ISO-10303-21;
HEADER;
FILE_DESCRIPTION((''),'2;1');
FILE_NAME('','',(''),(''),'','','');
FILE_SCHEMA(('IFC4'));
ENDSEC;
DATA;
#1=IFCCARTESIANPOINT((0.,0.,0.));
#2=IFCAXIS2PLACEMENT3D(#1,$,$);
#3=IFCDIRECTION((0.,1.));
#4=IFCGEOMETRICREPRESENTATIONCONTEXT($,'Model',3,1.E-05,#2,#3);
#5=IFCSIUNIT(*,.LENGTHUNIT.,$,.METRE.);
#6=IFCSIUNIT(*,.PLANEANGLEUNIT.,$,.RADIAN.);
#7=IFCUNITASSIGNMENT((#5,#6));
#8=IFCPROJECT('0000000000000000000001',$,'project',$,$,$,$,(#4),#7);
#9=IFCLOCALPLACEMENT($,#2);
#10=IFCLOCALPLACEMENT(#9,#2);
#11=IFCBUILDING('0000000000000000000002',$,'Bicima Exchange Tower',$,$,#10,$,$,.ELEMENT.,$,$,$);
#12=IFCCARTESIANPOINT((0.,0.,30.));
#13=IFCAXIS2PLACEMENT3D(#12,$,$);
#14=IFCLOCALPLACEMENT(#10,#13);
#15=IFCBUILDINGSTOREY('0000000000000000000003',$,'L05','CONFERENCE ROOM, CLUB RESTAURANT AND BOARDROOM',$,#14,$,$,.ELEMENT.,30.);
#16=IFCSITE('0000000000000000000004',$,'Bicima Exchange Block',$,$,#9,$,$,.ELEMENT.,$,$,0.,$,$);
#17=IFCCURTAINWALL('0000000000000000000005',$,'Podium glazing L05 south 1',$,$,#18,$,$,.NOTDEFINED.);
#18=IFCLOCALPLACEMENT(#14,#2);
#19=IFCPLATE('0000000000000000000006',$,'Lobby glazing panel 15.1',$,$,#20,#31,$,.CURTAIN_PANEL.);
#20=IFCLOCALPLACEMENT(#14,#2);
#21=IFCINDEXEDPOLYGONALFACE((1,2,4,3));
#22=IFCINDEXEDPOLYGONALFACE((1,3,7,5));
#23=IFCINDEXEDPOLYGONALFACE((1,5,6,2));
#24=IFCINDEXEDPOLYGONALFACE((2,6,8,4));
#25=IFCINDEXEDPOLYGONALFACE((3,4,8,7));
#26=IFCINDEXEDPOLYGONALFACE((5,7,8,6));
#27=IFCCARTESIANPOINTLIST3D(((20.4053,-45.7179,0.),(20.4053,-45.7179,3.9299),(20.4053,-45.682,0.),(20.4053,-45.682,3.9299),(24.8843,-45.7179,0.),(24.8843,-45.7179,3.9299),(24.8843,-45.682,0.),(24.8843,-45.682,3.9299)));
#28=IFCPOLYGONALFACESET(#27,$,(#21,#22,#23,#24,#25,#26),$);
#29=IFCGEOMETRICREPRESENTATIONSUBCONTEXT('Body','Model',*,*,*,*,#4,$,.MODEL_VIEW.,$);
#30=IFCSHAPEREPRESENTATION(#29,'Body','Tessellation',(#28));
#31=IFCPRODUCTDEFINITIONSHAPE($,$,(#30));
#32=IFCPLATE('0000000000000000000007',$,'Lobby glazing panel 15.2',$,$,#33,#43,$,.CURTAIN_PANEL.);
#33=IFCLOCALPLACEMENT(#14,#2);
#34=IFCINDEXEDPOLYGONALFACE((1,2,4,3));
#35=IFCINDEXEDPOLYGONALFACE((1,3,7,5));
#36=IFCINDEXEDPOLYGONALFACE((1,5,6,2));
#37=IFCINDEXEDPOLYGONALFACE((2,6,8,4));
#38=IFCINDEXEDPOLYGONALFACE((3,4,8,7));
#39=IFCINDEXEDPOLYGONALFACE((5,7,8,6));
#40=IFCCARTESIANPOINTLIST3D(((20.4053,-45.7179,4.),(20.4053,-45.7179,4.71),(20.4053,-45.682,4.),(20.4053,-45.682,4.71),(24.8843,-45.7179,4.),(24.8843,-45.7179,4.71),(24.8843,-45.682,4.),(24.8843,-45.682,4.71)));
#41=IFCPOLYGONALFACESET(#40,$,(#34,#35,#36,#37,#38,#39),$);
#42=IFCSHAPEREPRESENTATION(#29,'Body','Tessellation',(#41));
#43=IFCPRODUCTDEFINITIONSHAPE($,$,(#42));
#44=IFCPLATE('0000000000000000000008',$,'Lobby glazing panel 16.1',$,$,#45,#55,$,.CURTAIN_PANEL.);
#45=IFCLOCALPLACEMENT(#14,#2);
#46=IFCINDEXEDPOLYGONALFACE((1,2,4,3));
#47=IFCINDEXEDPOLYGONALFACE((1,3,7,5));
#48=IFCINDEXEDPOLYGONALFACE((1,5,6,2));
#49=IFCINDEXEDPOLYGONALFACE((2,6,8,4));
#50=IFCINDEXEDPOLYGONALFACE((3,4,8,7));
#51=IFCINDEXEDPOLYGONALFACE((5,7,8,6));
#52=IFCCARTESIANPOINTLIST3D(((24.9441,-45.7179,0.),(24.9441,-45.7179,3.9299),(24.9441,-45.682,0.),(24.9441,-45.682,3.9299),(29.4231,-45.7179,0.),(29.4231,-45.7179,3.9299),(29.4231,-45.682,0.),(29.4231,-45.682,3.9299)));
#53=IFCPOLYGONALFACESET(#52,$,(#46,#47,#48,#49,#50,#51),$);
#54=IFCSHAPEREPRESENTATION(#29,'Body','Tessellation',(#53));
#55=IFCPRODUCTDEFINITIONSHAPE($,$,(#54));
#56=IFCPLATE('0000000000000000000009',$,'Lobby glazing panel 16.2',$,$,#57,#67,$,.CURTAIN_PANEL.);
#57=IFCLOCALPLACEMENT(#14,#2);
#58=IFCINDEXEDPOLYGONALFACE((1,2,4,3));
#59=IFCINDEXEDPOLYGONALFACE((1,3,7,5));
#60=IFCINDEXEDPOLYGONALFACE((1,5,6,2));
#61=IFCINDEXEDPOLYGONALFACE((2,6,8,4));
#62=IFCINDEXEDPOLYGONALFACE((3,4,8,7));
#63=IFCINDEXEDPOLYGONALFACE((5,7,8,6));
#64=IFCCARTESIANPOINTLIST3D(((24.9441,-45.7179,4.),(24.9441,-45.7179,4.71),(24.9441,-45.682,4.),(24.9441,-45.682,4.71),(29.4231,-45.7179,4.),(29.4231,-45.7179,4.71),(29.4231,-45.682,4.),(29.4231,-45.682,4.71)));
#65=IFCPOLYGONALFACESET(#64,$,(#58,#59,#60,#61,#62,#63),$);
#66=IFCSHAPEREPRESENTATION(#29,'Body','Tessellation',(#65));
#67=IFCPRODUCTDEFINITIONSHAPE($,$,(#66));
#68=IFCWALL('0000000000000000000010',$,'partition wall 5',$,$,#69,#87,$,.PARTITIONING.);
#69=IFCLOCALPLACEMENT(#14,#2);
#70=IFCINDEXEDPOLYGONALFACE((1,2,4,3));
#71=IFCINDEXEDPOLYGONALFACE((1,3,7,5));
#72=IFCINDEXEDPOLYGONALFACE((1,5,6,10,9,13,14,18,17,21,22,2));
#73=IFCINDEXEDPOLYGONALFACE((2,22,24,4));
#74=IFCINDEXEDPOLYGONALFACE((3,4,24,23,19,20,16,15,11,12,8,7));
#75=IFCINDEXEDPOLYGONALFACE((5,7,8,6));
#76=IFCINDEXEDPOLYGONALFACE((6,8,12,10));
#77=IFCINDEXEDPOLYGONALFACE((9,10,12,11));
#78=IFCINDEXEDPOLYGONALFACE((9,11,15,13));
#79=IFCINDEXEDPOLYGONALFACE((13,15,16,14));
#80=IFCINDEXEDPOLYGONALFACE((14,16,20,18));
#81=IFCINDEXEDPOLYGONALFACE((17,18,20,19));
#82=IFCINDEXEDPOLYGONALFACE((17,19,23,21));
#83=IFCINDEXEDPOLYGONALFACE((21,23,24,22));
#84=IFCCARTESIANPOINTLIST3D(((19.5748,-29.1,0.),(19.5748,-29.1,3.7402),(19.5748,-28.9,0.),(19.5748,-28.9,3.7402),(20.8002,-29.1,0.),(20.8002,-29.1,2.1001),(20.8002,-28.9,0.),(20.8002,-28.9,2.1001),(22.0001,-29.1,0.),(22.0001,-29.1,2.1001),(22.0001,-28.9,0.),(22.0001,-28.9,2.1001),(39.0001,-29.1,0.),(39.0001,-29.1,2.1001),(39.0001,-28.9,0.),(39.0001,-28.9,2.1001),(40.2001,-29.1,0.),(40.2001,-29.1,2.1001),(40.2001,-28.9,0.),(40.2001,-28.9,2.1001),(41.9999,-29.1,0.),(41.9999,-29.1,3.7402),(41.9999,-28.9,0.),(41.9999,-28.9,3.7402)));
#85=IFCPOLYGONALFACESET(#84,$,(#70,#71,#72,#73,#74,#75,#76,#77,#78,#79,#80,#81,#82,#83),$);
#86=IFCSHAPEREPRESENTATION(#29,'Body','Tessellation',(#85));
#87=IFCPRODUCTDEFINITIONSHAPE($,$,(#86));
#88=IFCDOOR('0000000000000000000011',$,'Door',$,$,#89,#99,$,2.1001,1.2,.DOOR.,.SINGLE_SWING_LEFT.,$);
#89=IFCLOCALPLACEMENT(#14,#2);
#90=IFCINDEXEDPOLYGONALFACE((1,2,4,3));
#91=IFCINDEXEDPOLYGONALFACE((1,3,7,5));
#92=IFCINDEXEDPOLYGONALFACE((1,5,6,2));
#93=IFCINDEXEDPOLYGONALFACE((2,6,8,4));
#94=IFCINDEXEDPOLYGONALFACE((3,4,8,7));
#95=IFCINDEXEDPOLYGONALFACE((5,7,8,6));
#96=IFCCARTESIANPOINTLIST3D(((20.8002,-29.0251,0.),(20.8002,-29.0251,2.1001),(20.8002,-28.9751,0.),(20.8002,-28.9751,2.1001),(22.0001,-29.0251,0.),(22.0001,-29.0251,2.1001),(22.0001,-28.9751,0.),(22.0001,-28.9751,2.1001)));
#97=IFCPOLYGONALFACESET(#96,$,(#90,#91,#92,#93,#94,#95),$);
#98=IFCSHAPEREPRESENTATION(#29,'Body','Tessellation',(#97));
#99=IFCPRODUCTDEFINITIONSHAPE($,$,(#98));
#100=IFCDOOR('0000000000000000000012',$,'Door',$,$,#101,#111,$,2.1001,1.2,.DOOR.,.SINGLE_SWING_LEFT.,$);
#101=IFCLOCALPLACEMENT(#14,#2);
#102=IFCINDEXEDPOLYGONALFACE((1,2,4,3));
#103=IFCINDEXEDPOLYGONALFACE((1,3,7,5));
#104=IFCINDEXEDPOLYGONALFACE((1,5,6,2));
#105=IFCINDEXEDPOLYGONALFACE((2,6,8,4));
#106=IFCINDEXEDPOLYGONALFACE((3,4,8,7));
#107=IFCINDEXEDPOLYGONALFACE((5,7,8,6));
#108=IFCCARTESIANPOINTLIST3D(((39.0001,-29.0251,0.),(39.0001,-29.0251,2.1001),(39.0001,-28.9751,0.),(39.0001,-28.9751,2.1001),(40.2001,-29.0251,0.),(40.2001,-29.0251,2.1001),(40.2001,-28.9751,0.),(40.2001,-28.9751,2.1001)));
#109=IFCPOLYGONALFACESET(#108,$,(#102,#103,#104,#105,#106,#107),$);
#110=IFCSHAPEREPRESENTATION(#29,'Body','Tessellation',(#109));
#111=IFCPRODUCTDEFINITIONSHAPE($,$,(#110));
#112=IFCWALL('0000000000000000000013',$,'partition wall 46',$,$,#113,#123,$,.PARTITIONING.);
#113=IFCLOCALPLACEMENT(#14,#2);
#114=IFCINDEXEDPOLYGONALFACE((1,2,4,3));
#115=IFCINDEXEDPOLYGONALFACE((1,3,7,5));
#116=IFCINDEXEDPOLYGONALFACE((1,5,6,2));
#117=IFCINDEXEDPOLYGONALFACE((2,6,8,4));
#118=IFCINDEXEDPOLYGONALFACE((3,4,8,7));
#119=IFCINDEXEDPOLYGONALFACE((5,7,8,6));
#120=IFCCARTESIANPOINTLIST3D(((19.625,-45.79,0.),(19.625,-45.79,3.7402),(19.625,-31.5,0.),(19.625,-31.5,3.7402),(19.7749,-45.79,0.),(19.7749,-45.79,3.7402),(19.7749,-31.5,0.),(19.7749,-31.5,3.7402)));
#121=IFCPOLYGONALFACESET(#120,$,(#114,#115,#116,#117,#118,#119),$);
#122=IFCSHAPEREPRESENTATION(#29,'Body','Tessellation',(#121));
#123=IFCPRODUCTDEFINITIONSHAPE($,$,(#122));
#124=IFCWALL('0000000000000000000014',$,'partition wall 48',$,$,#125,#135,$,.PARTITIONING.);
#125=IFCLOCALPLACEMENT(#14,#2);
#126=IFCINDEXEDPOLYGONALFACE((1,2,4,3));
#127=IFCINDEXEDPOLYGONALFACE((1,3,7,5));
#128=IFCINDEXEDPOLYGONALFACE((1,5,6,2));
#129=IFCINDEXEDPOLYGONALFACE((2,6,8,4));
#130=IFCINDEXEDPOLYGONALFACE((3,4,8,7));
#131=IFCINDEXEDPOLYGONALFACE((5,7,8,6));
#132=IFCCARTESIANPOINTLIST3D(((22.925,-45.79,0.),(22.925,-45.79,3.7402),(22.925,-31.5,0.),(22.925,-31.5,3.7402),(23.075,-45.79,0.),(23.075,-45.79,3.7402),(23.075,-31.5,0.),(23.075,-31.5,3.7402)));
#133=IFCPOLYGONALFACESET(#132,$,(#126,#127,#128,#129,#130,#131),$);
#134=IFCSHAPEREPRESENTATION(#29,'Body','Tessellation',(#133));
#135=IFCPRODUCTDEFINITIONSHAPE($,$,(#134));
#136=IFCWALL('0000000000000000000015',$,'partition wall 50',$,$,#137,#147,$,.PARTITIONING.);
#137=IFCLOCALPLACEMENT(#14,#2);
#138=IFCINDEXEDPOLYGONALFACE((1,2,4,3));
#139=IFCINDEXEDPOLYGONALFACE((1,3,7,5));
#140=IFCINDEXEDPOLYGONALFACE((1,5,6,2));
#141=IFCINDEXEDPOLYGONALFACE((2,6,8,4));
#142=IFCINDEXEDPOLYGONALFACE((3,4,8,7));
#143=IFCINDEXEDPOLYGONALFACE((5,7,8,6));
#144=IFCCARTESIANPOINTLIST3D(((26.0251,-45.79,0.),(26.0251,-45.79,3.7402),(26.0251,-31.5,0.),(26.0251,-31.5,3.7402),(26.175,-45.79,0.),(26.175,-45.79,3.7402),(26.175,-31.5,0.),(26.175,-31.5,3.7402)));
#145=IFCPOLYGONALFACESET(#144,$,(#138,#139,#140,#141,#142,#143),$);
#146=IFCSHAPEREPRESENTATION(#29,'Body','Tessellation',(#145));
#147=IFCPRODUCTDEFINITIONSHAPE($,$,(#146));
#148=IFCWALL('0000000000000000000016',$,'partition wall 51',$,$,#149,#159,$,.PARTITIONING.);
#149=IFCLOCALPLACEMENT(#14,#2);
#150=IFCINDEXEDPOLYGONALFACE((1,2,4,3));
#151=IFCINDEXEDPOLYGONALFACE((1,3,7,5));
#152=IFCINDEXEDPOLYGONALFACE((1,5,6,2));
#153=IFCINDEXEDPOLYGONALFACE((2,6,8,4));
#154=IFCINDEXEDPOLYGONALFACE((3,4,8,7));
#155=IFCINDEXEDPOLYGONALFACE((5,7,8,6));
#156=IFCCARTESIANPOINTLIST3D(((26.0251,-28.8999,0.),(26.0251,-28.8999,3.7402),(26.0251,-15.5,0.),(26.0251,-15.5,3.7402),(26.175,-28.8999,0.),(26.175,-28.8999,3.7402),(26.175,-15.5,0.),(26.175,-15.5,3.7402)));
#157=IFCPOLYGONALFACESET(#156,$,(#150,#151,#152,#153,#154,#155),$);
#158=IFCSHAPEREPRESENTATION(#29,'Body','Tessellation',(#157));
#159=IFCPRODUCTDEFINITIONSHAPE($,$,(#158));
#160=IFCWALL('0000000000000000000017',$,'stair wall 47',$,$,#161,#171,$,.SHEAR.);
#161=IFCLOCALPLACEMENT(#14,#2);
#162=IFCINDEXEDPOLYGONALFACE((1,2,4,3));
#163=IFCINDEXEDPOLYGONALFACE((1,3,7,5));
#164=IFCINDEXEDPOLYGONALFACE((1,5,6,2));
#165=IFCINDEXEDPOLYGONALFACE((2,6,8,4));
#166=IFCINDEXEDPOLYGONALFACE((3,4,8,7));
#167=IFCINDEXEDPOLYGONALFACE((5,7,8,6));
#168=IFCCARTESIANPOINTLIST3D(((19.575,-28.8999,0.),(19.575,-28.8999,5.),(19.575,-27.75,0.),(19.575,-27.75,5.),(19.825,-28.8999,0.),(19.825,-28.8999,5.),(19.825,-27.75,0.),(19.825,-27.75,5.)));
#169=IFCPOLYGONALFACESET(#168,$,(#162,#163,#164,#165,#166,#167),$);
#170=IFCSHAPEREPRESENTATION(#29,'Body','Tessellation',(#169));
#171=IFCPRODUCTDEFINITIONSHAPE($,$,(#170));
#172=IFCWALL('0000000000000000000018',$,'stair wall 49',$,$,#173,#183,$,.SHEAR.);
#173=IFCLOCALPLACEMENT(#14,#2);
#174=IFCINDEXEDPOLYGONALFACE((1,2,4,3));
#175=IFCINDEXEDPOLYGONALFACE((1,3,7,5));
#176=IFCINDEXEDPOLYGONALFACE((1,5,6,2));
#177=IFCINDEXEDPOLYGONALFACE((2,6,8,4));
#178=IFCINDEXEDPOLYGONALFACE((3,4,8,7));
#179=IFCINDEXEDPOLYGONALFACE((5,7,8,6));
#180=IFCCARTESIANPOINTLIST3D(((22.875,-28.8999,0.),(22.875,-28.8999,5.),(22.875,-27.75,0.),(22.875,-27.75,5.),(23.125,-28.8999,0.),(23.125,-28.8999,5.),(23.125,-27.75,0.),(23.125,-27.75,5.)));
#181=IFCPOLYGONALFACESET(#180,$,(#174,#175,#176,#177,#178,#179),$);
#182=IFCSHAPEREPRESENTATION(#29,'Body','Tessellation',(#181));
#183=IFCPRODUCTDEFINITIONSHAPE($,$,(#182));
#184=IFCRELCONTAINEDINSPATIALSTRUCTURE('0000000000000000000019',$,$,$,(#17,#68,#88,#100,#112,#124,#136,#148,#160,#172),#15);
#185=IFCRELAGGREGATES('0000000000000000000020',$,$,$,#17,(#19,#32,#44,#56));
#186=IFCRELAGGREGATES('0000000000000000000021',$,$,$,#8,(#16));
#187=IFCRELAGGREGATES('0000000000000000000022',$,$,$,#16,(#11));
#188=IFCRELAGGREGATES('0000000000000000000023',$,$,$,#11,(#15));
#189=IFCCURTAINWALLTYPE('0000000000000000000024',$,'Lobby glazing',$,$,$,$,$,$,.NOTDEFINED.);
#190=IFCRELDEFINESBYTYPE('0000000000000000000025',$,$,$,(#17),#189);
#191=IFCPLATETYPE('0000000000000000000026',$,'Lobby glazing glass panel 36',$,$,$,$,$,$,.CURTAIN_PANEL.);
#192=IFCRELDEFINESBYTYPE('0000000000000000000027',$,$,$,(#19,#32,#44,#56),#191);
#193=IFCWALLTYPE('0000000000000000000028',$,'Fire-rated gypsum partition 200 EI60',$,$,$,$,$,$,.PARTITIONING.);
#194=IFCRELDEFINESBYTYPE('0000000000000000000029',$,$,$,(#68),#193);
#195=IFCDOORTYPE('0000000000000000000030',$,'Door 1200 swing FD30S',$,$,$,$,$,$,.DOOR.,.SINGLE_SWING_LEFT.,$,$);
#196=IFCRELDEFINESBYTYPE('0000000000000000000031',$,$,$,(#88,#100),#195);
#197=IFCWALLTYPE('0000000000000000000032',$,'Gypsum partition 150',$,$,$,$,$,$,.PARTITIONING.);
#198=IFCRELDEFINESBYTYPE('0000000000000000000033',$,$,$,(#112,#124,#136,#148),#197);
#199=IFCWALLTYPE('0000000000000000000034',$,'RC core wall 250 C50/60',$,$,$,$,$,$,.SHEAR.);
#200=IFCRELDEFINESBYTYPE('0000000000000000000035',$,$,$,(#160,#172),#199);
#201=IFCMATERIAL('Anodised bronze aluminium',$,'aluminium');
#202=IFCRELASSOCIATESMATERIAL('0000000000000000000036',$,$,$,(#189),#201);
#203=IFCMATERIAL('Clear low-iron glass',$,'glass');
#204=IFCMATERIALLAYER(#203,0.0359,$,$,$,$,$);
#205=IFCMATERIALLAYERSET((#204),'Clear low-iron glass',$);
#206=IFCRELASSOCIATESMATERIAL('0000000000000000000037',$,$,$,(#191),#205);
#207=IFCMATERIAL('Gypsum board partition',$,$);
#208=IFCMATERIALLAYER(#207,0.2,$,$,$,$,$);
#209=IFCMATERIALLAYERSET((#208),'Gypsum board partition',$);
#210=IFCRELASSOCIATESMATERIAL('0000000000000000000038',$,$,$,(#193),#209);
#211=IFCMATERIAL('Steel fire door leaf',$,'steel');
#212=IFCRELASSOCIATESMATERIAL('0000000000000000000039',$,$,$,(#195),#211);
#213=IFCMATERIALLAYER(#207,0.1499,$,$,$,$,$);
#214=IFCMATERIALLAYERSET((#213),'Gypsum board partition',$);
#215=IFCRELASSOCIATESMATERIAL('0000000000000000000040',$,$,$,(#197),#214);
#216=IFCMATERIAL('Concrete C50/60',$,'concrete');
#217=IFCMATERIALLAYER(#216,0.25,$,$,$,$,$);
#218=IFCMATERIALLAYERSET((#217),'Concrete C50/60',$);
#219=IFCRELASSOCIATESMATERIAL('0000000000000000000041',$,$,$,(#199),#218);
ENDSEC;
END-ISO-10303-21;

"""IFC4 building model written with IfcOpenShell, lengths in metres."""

from ifc_helpers import new_model, si_unit, direction, frame, frame_2d, origin, origin_2d, place, context, subcontext, project, spatial, rectangle, extrude, material, layer, layer_set, type_object, element, fill, aggregate, save


model = new_model("IFC4")

# Units and contexts
model_context = context("Model", 3, precision=1e-05, world=origin(), true_north=direction((0.0, 1.0)))
body_context = subcontext(model_context, "Body", "Model", "MODEL_VIEW")
ifc_project = project(units=[si_unit("LENGTHUNIT", "METRE"), si_unit("PLANEANGLEUNIT", "RADIAN")], contexts=[model_context])

# Site, building, storey
site_placement = place(None, origin())
site = spatial("IfcSite", under=ifc_project, at=site_placement, Name="Bicima Exchange Block", CompositionType="ELEMENT", RefElevation=0.0)
building_placement = place(site_placement, origin())
building = spatial("IfcBuilding", under=site, at=building_placement, Name="Bicima Exchange Tower", CompositionType="ELEMENT")
storey_placement = place(building_placement, frame((0.0, 0.0, 30.0)))
storey = spatial("IfcBuildingStorey", under=building, at=storey_placement, Name="L05", Description="CONFERENCE ROOM, CLUB RESTAURANT AND BOARDROOM", CompositionType="ELEMENT", Elevation=30.0)

# Curtain wall
ifc_material_1 = material(Name="Anodised bronze aluminium", Category="aluminium")
curtain_wall_type = type_object("IfcCurtainWallType", Name="Lobby glazing", PredefinedType="NOTDEFINED", material=ifc_material_1)
curtain_wall_placement = place(storey_placement, origin())
curtain_wall = element("IfcCurtainWall", 1, at=curtain_wall_placement, inside=storey, type_object=curtain_wall_type, Name="Podium glazing L05 south 1", PredefinedType="NOTDEFINED")

# Plates
ifc_material_2 = material(Name="Clear low-iron glass", Category="glass")
ifc_layer_1 = layer(ifc_material_2, 0.0359)
ifc_layer_set_1 = layer_set([ifc_layer_1], Name="Clear low-iron glass")
plate_type = type_object("IfcPlateType", Name="Lobby glazing glass panel 36", PredefinedType="CURTAIN_PANEL", material=ifc_layer_set_1)
plate_1_placement = place(storey_placement, frame((22.6448, -45.7, 0.0), z_axis=(0.0, 0.0, 1.0), x_axis=(1.0, 0.0, 0.0)))
plate_1 = element("IfcPlate", 2, at=plate_1_placement, type_object=plate_type, Name="Lobby glazing panel 15.1", PredefinedType="CURTAIN_PANEL", context=body_context, shape_type="SweptSolid", body=[
    extrude(rectangle(XDim=4.479, YDim=0.0359, at=origin_2d()), origin(), (0.0, 0.0, 1.0), 3.9299),
])
plate_2_placement = place(storey_placement, frame((22.6448, -45.7, 4.0), z_axis=(0.0, 0.0, 1.0), x_axis=(1.0, 0.0, 0.0)))
plate_2 = element("IfcPlate", 3, at=plate_2_placement, type_object=plate_type, Name="Lobby glazing panel 15.2", PredefinedType="CURTAIN_PANEL", context=body_context, shape_type="SweptSolid", body=[
    extrude(rectangle(XDim=4.479, YDim=0.0359, at=origin_2d()), origin(), (0.0, 0.0, 1.0), 0.71),
])
plate_3_placement = place(storey_placement, frame((27.1836, -45.7, 0.0), z_axis=(0.0, 0.0, 1.0), x_axis=(1.0, 0.0, 0.0)))
plate_3 = element("IfcPlate", 4, at=plate_3_placement, type_object=plate_type, Name="Lobby glazing panel 16.1", PredefinedType="CURTAIN_PANEL", context=body_context, shape_type="SweptSolid", body=[
    extrude(rectangle(XDim=4.479, YDim=0.0359, at=origin_2d()), origin(), (0.0, 0.0, 1.0), 3.9299),
])
plate_4_placement = place(storey_placement, frame((27.1836, -45.7, 4.0), z_axis=(0.0, 0.0, 1.0), x_axis=(1.0, 0.0, 0.0)))
plate_4 = element("IfcPlate", 5, at=plate_4_placement, type_object=plate_type, Name="Lobby glazing panel 16.2", PredefinedType="CURTAIN_PANEL", context=body_context, shape_type="SweptSolid", body=[
    extrude(rectangle(XDim=4.479, YDim=0.0359, at=origin_2d()), origin(), (0.0, 0.0, 1.0), 0.71),
])
aggregate(curtain_wall, [plate_1, plate_2, plate_3, plate_4])

# Wall, openings, doors
ifc_material_3 = material(Name="Gypsum board partition")
ifc_layer_2 = layer(ifc_material_3, 0.2)
ifc_layer_set_2 = layer_set([ifc_layer_2], Name="Gypsum board partition")
wall_type_1 = type_object("IfcWallType", Name="Fire-rated gypsum partition 200 EI60", PredefinedType="PARTITIONING", material=ifc_layer_set_2)
wall_1_placement = place(storey_placement, frame((19.575, -29.0, 0.0), z_axis=(0.0, 0.0, 1.0), x_axis=(1.0, 0.0, 0.0)))
wall_1 = element("IfcWall", 6, at=wall_1_placement, inside=storey, type_object=wall_type_1, Name="partition wall 5", PredefinedType="PARTITIONING", context=body_context, shape_type="SweptSolid", body=[
    extrude(rectangle(XDim=22.425, YDim=0.2, at=frame_2d((11.2124, 0.0))), origin(), (0.0, 0.0, 1.0), 3.7402),
])
opening_1_placement = place(wall_1_placement, frame((1.2251, 0.0, 0.0)))
opening_1 = element("IfcOpeningElement", 7, at=opening_1_placement, cuts=wall_1, PredefinedType="OPENING", context=body_context, shape_type="SweptSolid", body=[
    extrude(rectangle(XDim=1.2, YDim=2.1001, at=frame_2d((0.6001, 1.05))), frame((0.0, 0.1118, 0.0), z_axis=(0.0, -1.0, 0.0), x_axis=(1.0, 0.0, 0.0)), (0.0, 0.0, 1.0), 0.2239),
])
opening_2_placement = place(wall_1_placement, frame((19.425, 0.0, 0.0)))
opening_2 = element("IfcOpeningElement", 8, at=opening_2_placement, cuts=wall_1, PredefinedType="OPENING", context=body_context, shape_type="SweptSolid", body=[
    extrude(rectangle(XDim=1.2, YDim=2.1001, at=frame_2d((0.6001, 1.05))), frame((0.0, 0.1118, 0.0), z_axis=(0.0, -1.0, 0.0), x_axis=(1.0, 0.0, 0.0)), (0.0, 0.0, 1.0), 0.2239),
])
ifc_material_4 = material(Name="Steel fire door leaf", Category="steel")
door_type_1 = type_object("IfcDoorType", Name="Door 1200 swing FD30S", OperationType="SINGLE_SWING_LEFT", PredefinedType="DOOR", material=ifc_material_4)
door_1_placement = place(opening_1_placement, origin())
door_1 = element("IfcDoor", 9, at=door_1_placement, inside=storey, type_object=door_type_1, Name="Door", OperationType="SINGLE_SWING_LEFT", OverallHeight=2.1001, OverallWidth=1.2, PredefinedType="DOOR", context=body_context, shape_type="SweptSolid", body=[
    extrude(rectangle(XDim=1.2, YDim=2.1001, at=frame_2d((0.6001, 1.05))), frame((0.0, 0.0249, 0.0), z_axis=(0.0, -1.0, 0.0), x_axis=(1.0, 0.0, 0.0)), (0.0, 0.0, 1.0), 0.05),
])
fill(opening_1, door_1)
door_2_placement = place(opening_2_placement, origin())
door_2 = element("IfcDoor", 10, at=door_2_placement, inside=storey, type_object=door_type_1, Name="Door", OperationType="SINGLE_SWING_LEFT", OverallHeight=2.1001, OverallWidth=1.2, PredefinedType="DOOR", context=body_context, shape_type="SweptSolid", body=[
    extrude(rectangle(XDim=1.2, YDim=2.1001, at=frame_2d((0.6001, 1.05))), frame((0.0, 0.0249, 0.0), z_axis=(0.0, -1.0, 0.0), x_axis=(1.0, 0.0, 0.0)), (0.0, 0.0, 1.0), 0.05),
])
fill(opening_2, door_2)

# Walls
ifc_layer_3 = layer(ifc_material_3, 0.1499)
ifc_layer_set_3 = layer_set([ifc_layer_3], Name="Gypsum board partition")
wall_type_2 = type_object("IfcWallType", Name="Gypsum partition 150", PredefinedType="PARTITIONING", material=ifc_layer_set_3)
for number, where, z_axis, x_axis, name in (
    (11, (19.7, -45.79, 0.0), (0.0, 0.0, 1.0), (0.0, 1.0, 0.0), "partition wall 46"),
    (12, (23.0, -45.79, 0.0), (0.0, 0.0, 1.0), (0.0, 1.0, 0.0), "partition wall 48"),
    (13, (26.1001, -45.79, 0.0), (0.0, 0.0, 1.0), (0.0, 1.0, 0.0), "partition wall 50"),
):
    element("IfcWall", number, at=place(storey_placement, frame(where, z_axis=z_axis, x_axis=x_axis)), inside=storey, type_object=wall_type_2, Name=name, PredefinedType="PARTITIONING", context=body_context, shape_type="SweptSolid", body=[
        extrude(rectangle(XDim=14.29, YDim=0.1499, at=frame_2d((7.145, 0.0))), origin(), (0.0, 0.0, 1.0), 3.7402),
    ])
wall_2_placement = place(storey_placement, frame((26.1001, -28.8999, 0.0), z_axis=(0.0, 0.0, 1.0), x_axis=(0.0, 1.0, 0.0)))
element("IfcWall", 14, at=wall_2_placement, inside=storey, type_object=wall_type_2, Name="partition wall 51", PredefinedType="PARTITIONING", context=body_context, shape_type="SweptSolid", body=[
    extrude(rectangle(XDim=13.3999, YDim=0.1499, at=frame_2d((6.7, 0.0))), origin(), (0.0, 0.0, 1.0), 3.7402),
])
ifc_material_5 = material(Name="Concrete C50/60", Category="concrete")
ifc_layer_4 = layer(ifc_material_5, 0.25)
ifc_layer_set_4 = layer_set([ifc_layer_4], Name="Concrete C50/60")
wall_type_3 = type_object("IfcWallType", Name="RC core wall 250 C50/60", PredefinedType="SHEAR", material=ifc_layer_set_4)
for number, where, z_axis, x_axis, name in (
    (15, (19.7, -28.8999, 0.0), (0.0, 0.0, 1.0), (0.0, 1.0, 0.0), "stair wall 47"),
    (16, (23.0, -28.8999, 0.0), (0.0, 0.0, 1.0), (0.0, 1.0, 0.0), "stair wall 49"),
):
    element("IfcWall", number, at=place(storey_placement, frame(where, z_axis=z_axis, x_axis=x_axis)), inside=storey, type_object=wall_type_3, Name=name, PredefinedType="SHEAR", context=body_context, shape_type="SweptSolid", body=[
        extrude(rectangle(XDim=1.1499, YDim=0.25, at=frame_2d((0.575, 0.0))), origin(), (0.0, 0.0, 1.0), 5.0),
    ])

save(model, "model.ifc")
